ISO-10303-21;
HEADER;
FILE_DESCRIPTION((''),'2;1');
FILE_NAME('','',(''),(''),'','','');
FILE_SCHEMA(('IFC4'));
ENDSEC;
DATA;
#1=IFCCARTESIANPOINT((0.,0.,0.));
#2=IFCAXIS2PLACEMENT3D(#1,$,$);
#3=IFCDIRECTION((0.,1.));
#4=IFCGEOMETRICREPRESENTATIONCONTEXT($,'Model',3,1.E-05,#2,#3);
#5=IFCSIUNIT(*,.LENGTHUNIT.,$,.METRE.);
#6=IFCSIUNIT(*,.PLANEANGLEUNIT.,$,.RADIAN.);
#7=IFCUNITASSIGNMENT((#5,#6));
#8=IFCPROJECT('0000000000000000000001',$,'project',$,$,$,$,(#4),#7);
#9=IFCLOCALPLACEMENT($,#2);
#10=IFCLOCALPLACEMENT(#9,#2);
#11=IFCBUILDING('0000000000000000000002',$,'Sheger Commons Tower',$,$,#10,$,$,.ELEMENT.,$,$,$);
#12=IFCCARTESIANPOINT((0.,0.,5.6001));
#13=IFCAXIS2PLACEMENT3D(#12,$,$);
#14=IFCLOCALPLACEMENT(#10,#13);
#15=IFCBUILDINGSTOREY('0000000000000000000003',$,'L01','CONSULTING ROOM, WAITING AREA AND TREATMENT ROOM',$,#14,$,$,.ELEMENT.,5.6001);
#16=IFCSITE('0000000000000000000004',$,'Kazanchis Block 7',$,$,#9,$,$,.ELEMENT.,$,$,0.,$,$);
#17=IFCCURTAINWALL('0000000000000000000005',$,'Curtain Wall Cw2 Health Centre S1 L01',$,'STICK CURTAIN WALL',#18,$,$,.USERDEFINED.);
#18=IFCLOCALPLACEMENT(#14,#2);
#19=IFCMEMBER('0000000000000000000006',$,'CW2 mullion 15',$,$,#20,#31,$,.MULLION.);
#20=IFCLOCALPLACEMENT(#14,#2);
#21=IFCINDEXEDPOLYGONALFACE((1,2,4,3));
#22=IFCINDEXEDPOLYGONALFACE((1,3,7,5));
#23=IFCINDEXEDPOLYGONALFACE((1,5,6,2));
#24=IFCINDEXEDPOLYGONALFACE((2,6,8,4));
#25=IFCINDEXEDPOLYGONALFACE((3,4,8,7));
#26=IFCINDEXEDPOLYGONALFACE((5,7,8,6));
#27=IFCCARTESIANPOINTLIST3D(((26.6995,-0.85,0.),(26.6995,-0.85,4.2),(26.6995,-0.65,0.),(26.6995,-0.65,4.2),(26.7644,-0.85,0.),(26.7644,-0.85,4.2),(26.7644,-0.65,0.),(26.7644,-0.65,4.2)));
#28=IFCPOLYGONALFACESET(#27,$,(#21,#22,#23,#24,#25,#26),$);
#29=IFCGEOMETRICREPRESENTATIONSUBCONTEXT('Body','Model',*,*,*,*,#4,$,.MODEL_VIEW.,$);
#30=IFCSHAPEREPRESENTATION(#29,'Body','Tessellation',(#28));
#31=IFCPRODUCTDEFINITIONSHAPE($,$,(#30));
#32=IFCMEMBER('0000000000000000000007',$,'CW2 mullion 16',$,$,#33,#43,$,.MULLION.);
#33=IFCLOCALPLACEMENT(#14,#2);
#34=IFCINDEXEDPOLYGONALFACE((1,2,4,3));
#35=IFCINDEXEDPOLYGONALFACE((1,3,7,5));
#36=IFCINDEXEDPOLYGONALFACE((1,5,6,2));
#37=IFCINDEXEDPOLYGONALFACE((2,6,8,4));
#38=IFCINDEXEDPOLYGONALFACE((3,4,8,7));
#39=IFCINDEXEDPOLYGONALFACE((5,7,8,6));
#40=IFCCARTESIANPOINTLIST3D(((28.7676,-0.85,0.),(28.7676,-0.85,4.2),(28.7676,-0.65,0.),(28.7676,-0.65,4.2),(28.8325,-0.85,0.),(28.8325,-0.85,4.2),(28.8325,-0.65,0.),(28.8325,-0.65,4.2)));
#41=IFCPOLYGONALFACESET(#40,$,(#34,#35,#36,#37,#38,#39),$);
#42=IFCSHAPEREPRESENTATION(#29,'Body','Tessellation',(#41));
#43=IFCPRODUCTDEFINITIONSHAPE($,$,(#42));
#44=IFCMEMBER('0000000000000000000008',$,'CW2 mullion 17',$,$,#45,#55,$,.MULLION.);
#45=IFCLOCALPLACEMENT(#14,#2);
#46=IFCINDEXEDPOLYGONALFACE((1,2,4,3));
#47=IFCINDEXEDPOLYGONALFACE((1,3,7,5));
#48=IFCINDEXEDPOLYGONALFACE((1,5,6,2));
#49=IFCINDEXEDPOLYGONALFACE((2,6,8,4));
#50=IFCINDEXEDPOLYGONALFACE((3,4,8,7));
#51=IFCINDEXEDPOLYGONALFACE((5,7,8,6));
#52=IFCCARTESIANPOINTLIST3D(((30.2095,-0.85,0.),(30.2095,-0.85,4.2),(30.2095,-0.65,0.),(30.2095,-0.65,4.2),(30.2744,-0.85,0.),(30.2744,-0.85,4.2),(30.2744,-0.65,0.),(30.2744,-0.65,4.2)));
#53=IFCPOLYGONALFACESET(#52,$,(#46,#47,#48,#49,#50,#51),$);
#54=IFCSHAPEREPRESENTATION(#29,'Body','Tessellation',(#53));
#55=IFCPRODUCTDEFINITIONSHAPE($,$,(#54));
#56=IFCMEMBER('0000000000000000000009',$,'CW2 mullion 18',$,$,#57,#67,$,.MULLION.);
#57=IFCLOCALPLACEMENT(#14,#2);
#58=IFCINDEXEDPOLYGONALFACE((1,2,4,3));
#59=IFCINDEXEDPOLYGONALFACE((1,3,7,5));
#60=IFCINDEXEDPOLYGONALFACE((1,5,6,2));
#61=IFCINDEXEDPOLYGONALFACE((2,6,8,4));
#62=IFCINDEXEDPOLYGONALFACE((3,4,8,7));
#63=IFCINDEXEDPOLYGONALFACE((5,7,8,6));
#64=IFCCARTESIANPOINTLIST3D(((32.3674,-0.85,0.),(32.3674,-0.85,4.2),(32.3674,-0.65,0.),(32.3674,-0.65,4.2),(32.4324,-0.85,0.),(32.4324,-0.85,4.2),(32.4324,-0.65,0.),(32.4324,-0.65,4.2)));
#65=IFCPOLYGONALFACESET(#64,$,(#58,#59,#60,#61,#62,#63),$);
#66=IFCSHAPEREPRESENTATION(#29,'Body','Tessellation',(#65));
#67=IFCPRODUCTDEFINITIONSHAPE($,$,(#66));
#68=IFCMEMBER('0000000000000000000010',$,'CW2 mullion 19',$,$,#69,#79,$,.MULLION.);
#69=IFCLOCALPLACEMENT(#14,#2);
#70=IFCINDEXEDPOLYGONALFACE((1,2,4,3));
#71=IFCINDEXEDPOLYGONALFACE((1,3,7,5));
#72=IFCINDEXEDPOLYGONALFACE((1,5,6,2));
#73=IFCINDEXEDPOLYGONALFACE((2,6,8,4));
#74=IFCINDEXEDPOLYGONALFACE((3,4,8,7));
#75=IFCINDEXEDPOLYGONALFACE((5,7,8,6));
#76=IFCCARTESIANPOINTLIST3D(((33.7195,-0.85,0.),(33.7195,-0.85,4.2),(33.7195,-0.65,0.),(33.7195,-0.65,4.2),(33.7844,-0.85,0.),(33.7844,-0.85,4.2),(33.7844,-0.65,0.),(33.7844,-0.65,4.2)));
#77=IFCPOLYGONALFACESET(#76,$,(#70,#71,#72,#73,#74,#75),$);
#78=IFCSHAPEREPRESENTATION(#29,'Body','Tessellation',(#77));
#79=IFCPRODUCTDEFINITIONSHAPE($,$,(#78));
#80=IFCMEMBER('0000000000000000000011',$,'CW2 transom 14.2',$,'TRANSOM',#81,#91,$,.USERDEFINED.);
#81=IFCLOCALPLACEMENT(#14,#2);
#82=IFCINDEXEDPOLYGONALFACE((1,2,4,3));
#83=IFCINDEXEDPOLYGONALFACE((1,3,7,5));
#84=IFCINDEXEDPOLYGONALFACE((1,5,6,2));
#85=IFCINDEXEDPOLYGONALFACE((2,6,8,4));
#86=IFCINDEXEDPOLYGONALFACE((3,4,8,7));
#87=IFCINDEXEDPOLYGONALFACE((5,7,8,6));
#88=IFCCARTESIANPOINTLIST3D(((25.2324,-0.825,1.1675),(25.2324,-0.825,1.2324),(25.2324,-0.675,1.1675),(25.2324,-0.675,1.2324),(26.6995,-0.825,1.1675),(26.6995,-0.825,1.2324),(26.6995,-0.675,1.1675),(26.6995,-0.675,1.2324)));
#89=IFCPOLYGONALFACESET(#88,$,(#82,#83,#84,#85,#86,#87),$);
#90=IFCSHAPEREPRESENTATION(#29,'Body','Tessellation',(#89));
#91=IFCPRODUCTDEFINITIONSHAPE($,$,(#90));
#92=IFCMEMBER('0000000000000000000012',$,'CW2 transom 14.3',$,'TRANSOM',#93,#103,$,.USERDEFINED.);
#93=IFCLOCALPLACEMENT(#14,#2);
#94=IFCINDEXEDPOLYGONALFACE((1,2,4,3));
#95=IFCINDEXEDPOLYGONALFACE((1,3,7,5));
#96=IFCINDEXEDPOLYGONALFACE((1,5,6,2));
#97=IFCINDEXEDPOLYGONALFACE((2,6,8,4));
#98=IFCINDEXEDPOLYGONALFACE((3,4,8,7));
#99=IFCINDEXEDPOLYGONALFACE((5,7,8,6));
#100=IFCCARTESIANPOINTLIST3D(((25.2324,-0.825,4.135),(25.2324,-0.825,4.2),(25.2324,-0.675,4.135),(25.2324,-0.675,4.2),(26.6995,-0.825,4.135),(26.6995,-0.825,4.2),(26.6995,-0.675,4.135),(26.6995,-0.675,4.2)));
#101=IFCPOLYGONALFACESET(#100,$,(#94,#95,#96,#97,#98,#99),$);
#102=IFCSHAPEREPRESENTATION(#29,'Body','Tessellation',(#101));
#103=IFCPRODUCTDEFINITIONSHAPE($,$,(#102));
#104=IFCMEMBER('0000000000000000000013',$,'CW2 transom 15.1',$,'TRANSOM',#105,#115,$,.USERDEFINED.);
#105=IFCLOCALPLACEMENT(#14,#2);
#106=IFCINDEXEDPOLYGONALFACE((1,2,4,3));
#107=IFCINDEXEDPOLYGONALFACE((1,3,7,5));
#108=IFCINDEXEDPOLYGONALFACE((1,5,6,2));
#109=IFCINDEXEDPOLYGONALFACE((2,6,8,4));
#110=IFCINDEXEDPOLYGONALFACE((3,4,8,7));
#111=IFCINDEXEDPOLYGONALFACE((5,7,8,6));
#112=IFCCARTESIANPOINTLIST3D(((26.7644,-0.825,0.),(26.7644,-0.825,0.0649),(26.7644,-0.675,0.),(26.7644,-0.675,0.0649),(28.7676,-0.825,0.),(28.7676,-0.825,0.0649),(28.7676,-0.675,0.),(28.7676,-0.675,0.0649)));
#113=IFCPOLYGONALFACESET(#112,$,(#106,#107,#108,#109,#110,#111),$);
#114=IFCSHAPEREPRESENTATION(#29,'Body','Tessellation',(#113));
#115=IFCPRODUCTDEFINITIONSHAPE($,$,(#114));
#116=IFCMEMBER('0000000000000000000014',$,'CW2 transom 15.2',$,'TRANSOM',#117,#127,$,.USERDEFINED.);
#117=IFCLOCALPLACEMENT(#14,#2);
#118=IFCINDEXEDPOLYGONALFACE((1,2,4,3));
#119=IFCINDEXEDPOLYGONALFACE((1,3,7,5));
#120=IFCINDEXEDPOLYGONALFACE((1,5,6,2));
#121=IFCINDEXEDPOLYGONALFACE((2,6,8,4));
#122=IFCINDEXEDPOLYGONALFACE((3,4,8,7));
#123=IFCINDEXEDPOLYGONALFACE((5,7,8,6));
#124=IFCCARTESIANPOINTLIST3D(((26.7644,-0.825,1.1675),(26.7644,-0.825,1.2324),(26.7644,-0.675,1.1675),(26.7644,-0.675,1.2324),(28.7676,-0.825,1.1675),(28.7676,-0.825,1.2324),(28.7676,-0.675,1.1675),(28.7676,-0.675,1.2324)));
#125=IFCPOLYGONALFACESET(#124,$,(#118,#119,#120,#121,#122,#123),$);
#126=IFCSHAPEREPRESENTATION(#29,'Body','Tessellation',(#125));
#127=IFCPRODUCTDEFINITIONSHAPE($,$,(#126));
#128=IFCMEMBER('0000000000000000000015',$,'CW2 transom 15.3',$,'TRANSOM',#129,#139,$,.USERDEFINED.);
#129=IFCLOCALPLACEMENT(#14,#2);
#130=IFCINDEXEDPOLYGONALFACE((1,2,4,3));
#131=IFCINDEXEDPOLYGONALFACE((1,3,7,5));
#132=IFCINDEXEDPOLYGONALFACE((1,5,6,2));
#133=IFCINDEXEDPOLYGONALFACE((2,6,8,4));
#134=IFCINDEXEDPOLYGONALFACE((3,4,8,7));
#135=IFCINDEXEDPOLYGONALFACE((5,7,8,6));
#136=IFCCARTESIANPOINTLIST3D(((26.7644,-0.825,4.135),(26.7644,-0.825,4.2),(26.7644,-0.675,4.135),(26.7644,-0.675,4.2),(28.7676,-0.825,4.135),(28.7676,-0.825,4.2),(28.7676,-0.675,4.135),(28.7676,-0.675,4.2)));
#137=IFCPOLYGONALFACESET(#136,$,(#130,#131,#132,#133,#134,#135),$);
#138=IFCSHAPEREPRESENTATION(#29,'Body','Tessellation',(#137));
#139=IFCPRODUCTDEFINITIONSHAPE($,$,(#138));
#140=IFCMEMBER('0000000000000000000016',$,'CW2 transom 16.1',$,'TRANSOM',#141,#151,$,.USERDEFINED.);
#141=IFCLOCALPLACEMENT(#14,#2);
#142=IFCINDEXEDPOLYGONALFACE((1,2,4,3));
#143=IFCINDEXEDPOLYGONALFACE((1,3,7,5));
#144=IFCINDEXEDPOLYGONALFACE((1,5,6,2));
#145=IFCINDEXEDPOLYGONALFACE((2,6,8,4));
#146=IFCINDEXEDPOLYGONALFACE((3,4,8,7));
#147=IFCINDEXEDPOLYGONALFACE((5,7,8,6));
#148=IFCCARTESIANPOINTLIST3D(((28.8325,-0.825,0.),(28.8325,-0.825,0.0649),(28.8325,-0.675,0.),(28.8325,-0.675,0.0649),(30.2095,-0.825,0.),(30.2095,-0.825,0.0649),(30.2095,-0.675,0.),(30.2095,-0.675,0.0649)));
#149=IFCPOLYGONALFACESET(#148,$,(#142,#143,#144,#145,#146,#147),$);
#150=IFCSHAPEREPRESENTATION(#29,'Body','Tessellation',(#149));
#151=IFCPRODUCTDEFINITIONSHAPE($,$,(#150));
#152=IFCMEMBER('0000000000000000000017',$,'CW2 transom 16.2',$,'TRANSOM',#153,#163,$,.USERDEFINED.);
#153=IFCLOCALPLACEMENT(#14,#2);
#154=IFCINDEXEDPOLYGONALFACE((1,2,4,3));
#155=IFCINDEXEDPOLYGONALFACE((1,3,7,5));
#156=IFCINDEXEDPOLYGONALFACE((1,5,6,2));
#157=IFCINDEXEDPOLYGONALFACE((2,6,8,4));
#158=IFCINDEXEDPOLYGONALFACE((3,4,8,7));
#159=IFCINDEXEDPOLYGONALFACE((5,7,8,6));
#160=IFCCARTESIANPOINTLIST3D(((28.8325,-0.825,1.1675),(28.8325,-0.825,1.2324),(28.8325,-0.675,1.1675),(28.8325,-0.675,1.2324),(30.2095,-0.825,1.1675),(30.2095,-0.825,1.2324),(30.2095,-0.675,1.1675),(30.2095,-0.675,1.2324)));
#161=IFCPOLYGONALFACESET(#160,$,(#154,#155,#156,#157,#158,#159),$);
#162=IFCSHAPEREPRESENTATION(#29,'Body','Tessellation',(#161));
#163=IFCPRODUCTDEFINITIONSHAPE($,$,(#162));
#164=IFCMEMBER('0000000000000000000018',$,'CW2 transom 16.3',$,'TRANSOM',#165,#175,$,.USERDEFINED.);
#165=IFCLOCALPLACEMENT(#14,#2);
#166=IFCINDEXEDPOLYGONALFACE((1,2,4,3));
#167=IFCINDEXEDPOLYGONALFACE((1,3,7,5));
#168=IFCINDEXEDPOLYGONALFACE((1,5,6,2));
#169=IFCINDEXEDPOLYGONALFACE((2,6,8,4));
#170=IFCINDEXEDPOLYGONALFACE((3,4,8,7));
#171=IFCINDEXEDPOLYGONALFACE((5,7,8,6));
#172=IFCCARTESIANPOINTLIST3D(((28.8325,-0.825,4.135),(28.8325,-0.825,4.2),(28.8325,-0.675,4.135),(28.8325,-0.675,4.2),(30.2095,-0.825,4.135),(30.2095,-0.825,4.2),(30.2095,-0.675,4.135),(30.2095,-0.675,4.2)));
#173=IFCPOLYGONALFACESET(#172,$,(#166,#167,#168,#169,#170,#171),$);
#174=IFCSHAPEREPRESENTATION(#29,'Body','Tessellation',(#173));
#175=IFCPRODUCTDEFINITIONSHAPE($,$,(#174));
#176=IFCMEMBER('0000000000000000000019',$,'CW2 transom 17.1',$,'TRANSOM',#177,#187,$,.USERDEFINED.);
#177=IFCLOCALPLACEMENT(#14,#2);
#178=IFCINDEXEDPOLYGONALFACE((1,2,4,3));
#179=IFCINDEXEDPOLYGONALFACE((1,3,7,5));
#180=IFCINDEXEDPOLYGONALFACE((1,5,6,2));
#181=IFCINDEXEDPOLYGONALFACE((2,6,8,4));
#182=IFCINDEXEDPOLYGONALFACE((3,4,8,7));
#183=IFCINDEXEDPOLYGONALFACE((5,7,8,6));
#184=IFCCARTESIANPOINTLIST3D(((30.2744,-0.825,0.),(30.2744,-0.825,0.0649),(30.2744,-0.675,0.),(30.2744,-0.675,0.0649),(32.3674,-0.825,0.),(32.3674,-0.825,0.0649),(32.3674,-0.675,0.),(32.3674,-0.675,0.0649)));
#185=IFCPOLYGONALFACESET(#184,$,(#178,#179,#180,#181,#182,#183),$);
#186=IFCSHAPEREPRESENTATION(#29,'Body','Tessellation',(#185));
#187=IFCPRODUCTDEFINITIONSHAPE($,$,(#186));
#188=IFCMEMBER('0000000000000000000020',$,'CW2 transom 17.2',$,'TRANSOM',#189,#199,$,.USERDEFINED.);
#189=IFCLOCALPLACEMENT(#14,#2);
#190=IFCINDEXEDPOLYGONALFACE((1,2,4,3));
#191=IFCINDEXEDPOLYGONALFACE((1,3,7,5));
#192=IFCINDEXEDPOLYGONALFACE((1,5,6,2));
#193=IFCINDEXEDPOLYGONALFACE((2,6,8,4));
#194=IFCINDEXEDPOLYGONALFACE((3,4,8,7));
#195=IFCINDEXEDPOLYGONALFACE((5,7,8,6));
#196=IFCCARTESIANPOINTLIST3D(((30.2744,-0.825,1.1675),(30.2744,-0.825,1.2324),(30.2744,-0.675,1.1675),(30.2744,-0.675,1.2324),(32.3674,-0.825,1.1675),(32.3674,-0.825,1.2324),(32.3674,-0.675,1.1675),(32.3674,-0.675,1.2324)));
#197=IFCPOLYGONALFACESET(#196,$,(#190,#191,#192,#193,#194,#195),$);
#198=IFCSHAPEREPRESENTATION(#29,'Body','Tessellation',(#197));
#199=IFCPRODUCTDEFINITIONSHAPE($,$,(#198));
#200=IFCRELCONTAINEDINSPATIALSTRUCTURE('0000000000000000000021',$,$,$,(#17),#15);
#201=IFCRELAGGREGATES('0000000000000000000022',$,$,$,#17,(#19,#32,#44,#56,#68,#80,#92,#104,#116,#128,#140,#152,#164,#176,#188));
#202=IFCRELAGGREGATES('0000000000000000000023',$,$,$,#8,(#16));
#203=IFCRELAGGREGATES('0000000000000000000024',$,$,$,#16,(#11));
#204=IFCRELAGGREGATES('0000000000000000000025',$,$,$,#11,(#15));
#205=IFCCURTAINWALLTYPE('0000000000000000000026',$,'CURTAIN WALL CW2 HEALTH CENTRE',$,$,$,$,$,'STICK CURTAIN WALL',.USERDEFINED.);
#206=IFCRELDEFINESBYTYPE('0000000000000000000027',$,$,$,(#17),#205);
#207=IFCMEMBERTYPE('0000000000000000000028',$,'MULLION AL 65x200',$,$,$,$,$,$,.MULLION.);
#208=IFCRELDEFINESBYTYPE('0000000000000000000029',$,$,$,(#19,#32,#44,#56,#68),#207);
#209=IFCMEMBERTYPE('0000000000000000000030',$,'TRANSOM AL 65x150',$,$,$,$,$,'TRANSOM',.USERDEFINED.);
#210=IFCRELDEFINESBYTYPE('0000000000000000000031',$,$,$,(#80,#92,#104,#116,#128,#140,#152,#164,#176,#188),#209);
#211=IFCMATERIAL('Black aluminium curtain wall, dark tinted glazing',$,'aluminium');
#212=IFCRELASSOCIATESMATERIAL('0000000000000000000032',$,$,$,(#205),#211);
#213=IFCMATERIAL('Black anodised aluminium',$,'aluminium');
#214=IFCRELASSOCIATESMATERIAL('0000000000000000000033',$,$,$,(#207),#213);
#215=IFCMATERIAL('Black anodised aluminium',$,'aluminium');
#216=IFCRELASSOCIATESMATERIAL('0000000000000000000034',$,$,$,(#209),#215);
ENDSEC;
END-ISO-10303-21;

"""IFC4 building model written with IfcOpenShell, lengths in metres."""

from ifc_helpers import new_model, si_unit, direction, frame, origin, origin_2d, place, context, subcontext, project, spatial, rectangle, extrude, material, material_profile, profile_set, type_object, element, aggregate, save


model = new_model("IFC4")

# Units and contexts
model_context = context("Model", 3, precision=1e-05, world=origin(), true_north=direction((0.0, 1.0)))
body_context = subcontext(model_context, "Body", "Model", "MODEL_VIEW")
ifc_project = project(units=[si_unit("LENGTHUNIT", "METRE"), si_unit("PLANEANGLEUNIT", "RADIAN")], contexts=[model_context])

# Site, building, storey
site_placement = place(None, origin())
site = spatial("IfcSite", under=ifc_project, at=site_placement, Name="Kazanchis Block 7", CompositionType="ELEMENT", RefElevation=0.0)
building_placement = place(site_placement, origin())
building = spatial("IfcBuilding", under=site, at=building_placement, Name="Sheger Commons Tower", CompositionType="ELEMENT")
storey_placement = place(building_placement, frame((0.0, 0.0, 5.6001)))
storey = spatial("IfcBuildingStorey", under=building, at=storey_placement, Name="L01", Description="CONSULTING ROOM, WAITING AREA AND TREATMENT ROOM", CompositionType="ELEMENT", Elevation=5.6001)

# Curtain wall, members
ifc_material_1 = material(Name="Black aluminium curtain wall, dark tinted glazing", Category="aluminium")
curtain_wall_type = type_object("IfcCurtainWallType", Name="CURTAIN WALL CW2 HEALTH CENTRE", ElementType="STICK CURTAIN WALL", PredefinedType="USERDEFINED", material=ifc_material_1)
curtain_wall_placement = place(storey_placement, origin())
curtain_wall = element("IfcCurtainWall", 1, at=curtain_wall_placement, inside=storey, type_object=curtain_wall_type, Name="Curtain Wall Cw2 Health Centre S1 L01", ObjectType="STICK CURTAIN WALL", PredefinedType="USERDEFINED")
ifc_material_2 = material(Name="Black anodised aluminium", Category="aluminium")
ifc_material_profile_1 = material_profile(ifc_material_2, rectangle(XDim=0.2, YDim=0.0649, at=origin_2d()), Name="AL 65x200")
ifc_profile_set_1 = profile_set([ifc_material_profile_1], Name="Black anodised aluminium")
member_type_1 = type_object("IfcMemberType", Name="MULLION AL 65x200", PredefinedType="MULLION", material=ifc_profile_set_1)
member_1_placement = place(storey_placement, frame((26.7319, -0.75, 0.0), z_axis=(0.0, 0.0, 1.0), x_axis=(0.0, 1.0, 0.0)))
member_1 = element("IfcMember", 2, at=member_1_placement, type_object=member_type_1, Name="CW2 mullion 15", PredefinedType="MULLION", context=body_context, shape_type="SweptSolid", body=[
    extrude(rectangle(XDim=0.2, YDim=0.0649, at=origin_2d()), origin(), (0.0, 0.0, 1.0), 4.2),
])
member_2_placement = place(storey_placement, frame((28.8, -0.75, 0.0), z_axis=(0.0, 0.0, 1.0), x_axis=(0.0, 1.0, 0.0)))
member_2 = element("IfcMember", 3, at=member_2_placement, type_object=member_type_1, Name="CW2 mullion 16", PredefinedType="MULLION", context=body_context, shape_type="SweptSolid", body=[
    extrude(rectangle(XDim=0.2, YDim=0.0649, at=origin_2d()), origin(), (0.0, 0.0, 1.0), 4.2),
])
member_3_placement = place(storey_placement, frame((30.2419, -0.75, 0.0), z_axis=(0.0, 0.0, 1.0), x_axis=(0.0, 1.0, 0.0)))
member_3 = element("IfcMember", 4, at=member_3_placement, type_object=member_type_1, Name="CW2 mullion 17", PredefinedType="MULLION", context=body_context, shape_type="SweptSolid", body=[
    extrude(rectangle(XDim=0.2, YDim=0.0649, at=origin_2d()), origin(), (0.0, 0.0, 1.0), 4.2),
])
member_4_placement = place(storey_placement, frame((32.3999, -0.75, 0.0), z_axis=(0.0, 0.0, 1.0), x_axis=(0.0, 1.0, 0.0)))
member_4 = element("IfcMember", 5, at=member_4_placement, type_object=member_type_1, Name="CW2 mullion 18", PredefinedType="MULLION", context=body_context, shape_type="SweptSolid", body=[
    extrude(rectangle(XDim=0.2, YDim=0.0649, at=origin_2d()), origin(), (0.0, 0.0, 1.0), 4.2),
])
member_5_placement = place(storey_placement, frame((33.752, -0.75, 0.0), z_axis=(0.0, 0.0, 1.0), x_axis=(0.0, 1.0, 0.0)))
member_5 = element("IfcMember", 6, at=member_5_placement, type_object=member_type_1, Name="CW2 mullion 19", PredefinedType="MULLION", context=body_context, shape_type="SweptSolid", body=[
    extrude(rectangle(XDim=0.2, YDim=0.0649, at=origin_2d()), origin(), (0.0, 0.0, 1.0), 4.2),
])
ifc_material_3 = material(Name="Black anodised aluminium", Category="aluminium")
ifc_material_profile_2 = material_profile(ifc_material_3, rectangle(XDim=0.1499, YDim=0.0649, at=origin_2d()), Name="AL 65x150")
ifc_profile_set_2 = profile_set([ifc_material_profile_2], Name="Black anodised aluminium")
member_type_2 = type_object("IfcMemberType", Name="TRANSOM AL 65x150", ElementType="TRANSOM", PredefinedType="USERDEFINED", material=ifc_profile_set_2)
member_6_placement = place(storey_placement, frame((25.2324, -0.75, 1.2), z_axis=(1.0, 0.0, 0.0), x_axis=(0.0, 1.0, 0.0)))
member_6 = element("IfcMember", 7, at=member_6_placement, type_object=member_type_2, Name="CW2 transom 14.2", ObjectType="TRANSOM", PredefinedType="USERDEFINED", context=body_context, shape_type="SweptSolid", body=[
    extrude(rectangle(XDim=0.1499, YDim=0.0649, at=origin_2d()), origin(), (0.0, 0.0, 1.0), 1.467),
])
member_7_placement = place(storey_placement, frame((25.2324, -0.75, 4.1675), z_axis=(1.0, 0.0, 0.0), x_axis=(0.0, 1.0, 0.0)))
member_7 = element("IfcMember", 8, at=member_7_placement, type_object=member_type_2, Name="CW2 transom 14.3", ObjectType="TRANSOM", PredefinedType="USERDEFINED", context=body_context, shape_type="SweptSolid", body=[
    extrude(rectangle(XDim=0.1499, YDim=0.0649, at=origin_2d()), origin(), (0.0, 0.0, 1.0), 1.467),
])
member_8_placement = place(storey_placement, frame((26.7644, -0.75, 0.0325), z_axis=(1.0, 0.0, 0.0), x_axis=(0.0, 1.0, 0.0)))
member_8 = element("IfcMember", 9, at=member_8_placement, type_object=member_type_2, Name="CW2 transom 15.1", ObjectType="TRANSOM", PredefinedType="USERDEFINED", context=body_context, shape_type="SweptSolid", body=[
    extrude(rectangle(XDim=0.1499, YDim=0.0649, at=origin_2d()), origin(), (0.0, 0.0, 1.0), 2.0032),
])
member_9_placement = place(storey_placement, frame((26.7644, -0.75, 1.2), z_axis=(1.0, 0.0, 0.0), x_axis=(0.0, 1.0, 0.0)))
member_9 = element("IfcMember", 10, at=member_9_placement, type_object=member_type_2, Name="CW2 transom 15.2", ObjectType="TRANSOM", PredefinedType="USERDEFINED", context=body_context, shape_type="SweptSolid", body=[
    extrude(rectangle(XDim=0.1499, YDim=0.0649, at=origin_2d()), origin(), (0.0, 0.0, 1.0), 2.0032),
])
member_10_placement = place(storey_placement, frame((26.7644, -0.75, 4.1675), z_axis=(1.0, 0.0, 0.0), x_axis=(0.0, 1.0, 0.0)))
member_10 = element("IfcMember", 11, at=member_10_placement, type_object=member_type_2, Name="CW2 transom 15.3", ObjectType="TRANSOM", PredefinedType="USERDEFINED", context=body_context, shape_type="SweptSolid", body=[
    extrude(rectangle(XDim=0.1499, YDim=0.0649, at=origin_2d()), origin(), (0.0, 0.0, 1.0), 2.0032),
])
member_11_placement = place(storey_placement, frame((28.8325, -0.75, 0.0325), z_axis=(1.0, 0.0, 0.0), x_axis=(0.0, 1.0, 0.0)))
member_11 = element("IfcMember", 12, at=member_11_placement, type_object=member_type_2, Name="CW2 transom 16.1", ObjectType="TRANSOM", PredefinedType="USERDEFINED", context=body_context, shape_type="SweptSolid", body=[
    extrude(rectangle(XDim=0.1499, YDim=0.0649, at=origin_2d()), origin(), (0.0, 0.0, 1.0), 1.377),
])
member_12_placement = place(storey_placement, frame((28.8325, -0.75, 1.2), z_axis=(1.0, 0.0, 0.0), x_axis=(0.0, 1.0, 0.0)))
member_12 = element("IfcMember", 13, at=member_12_placement, type_object=member_type_2, Name="CW2 transom 16.2", ObjectType="TRANSOM", PredefinedType="USERDEFINED", context=body_context, shape_type="SweptSolid", body=[
    extrude(rectangle(XDim=0.1499, YDim=0.0649, at=origin_2d()), origin(), (0.0, 0.0, 1.0), 1.377),
])
member_13_placement = place(storey_placement, frame((28.8325, -0.75, 4.1675), z_axis=(1.0, 0.0, 0.0), x_axis=(0.0, 1.0, 0.0)))
member_13 = element("IfcMember", 14, at=member_13_placement, type_object=member_type_2, Name="CW2 transom 16.3", ObjectType="TRANSOM", PredefinedType="USERDEFINED", context=body_context, shape_type="SweptSolid", body=[
    extrude(rectangle(XDim=0.1499, YDim=0.0649, at=origin_2d()), origin(), (0.0, 0.0, 1.0), 1.377),
])
member_14_placement = place(storey_placement, frame((30.2744, -0.75, 0.0325), z_axis=(1.0, 0.0, 0.0), x_axis=(0.0, 1.0, 0.0)))
member_14 = element("IfcMember", 15, at=member_14_placement, type_object=member_type_2, Name="CW2 transom 17.1", ObjectType="TRANSOM", PredefinedType="USERDEFINED", context=body_context, shape_type="SweptSolid", body=[
    extrude(rectangle(XDim=0.1499, YDim=0.0649, at=origin_2d()), origin(), (0.0, 0.0, 1.0), 2.093),
])
member_15_placement = place(storey_placement, frame((30.2744, -0.75, 1.2), z_axis=(1.0, 0.0, 0.0), x_axis=(0.0, 1.0, 0.0)))
member_15 = element("IfcMember", 16, at=member_15_placement, type_object=member_type_2, Name="CW2 transom 17.2", ObjectType="TRANSOM", PredefinedType="USERDEFINED", context=body_context, shape_type="SweptSolid", body=[
    extrude(rectangle(XDim=0.1499, YDim=0.0649, at=origin_2d()), origin(), (0.0, 0.0, 1.0), 2.093),
])
aggregate(curtain_wall, [member_1, member_2, member_3, member_4, member_5, member_6, member_7, member_8, member_9, member_10, member_11, member_12, member_13, member_14, member_15])

save(model, "model.ifc")
